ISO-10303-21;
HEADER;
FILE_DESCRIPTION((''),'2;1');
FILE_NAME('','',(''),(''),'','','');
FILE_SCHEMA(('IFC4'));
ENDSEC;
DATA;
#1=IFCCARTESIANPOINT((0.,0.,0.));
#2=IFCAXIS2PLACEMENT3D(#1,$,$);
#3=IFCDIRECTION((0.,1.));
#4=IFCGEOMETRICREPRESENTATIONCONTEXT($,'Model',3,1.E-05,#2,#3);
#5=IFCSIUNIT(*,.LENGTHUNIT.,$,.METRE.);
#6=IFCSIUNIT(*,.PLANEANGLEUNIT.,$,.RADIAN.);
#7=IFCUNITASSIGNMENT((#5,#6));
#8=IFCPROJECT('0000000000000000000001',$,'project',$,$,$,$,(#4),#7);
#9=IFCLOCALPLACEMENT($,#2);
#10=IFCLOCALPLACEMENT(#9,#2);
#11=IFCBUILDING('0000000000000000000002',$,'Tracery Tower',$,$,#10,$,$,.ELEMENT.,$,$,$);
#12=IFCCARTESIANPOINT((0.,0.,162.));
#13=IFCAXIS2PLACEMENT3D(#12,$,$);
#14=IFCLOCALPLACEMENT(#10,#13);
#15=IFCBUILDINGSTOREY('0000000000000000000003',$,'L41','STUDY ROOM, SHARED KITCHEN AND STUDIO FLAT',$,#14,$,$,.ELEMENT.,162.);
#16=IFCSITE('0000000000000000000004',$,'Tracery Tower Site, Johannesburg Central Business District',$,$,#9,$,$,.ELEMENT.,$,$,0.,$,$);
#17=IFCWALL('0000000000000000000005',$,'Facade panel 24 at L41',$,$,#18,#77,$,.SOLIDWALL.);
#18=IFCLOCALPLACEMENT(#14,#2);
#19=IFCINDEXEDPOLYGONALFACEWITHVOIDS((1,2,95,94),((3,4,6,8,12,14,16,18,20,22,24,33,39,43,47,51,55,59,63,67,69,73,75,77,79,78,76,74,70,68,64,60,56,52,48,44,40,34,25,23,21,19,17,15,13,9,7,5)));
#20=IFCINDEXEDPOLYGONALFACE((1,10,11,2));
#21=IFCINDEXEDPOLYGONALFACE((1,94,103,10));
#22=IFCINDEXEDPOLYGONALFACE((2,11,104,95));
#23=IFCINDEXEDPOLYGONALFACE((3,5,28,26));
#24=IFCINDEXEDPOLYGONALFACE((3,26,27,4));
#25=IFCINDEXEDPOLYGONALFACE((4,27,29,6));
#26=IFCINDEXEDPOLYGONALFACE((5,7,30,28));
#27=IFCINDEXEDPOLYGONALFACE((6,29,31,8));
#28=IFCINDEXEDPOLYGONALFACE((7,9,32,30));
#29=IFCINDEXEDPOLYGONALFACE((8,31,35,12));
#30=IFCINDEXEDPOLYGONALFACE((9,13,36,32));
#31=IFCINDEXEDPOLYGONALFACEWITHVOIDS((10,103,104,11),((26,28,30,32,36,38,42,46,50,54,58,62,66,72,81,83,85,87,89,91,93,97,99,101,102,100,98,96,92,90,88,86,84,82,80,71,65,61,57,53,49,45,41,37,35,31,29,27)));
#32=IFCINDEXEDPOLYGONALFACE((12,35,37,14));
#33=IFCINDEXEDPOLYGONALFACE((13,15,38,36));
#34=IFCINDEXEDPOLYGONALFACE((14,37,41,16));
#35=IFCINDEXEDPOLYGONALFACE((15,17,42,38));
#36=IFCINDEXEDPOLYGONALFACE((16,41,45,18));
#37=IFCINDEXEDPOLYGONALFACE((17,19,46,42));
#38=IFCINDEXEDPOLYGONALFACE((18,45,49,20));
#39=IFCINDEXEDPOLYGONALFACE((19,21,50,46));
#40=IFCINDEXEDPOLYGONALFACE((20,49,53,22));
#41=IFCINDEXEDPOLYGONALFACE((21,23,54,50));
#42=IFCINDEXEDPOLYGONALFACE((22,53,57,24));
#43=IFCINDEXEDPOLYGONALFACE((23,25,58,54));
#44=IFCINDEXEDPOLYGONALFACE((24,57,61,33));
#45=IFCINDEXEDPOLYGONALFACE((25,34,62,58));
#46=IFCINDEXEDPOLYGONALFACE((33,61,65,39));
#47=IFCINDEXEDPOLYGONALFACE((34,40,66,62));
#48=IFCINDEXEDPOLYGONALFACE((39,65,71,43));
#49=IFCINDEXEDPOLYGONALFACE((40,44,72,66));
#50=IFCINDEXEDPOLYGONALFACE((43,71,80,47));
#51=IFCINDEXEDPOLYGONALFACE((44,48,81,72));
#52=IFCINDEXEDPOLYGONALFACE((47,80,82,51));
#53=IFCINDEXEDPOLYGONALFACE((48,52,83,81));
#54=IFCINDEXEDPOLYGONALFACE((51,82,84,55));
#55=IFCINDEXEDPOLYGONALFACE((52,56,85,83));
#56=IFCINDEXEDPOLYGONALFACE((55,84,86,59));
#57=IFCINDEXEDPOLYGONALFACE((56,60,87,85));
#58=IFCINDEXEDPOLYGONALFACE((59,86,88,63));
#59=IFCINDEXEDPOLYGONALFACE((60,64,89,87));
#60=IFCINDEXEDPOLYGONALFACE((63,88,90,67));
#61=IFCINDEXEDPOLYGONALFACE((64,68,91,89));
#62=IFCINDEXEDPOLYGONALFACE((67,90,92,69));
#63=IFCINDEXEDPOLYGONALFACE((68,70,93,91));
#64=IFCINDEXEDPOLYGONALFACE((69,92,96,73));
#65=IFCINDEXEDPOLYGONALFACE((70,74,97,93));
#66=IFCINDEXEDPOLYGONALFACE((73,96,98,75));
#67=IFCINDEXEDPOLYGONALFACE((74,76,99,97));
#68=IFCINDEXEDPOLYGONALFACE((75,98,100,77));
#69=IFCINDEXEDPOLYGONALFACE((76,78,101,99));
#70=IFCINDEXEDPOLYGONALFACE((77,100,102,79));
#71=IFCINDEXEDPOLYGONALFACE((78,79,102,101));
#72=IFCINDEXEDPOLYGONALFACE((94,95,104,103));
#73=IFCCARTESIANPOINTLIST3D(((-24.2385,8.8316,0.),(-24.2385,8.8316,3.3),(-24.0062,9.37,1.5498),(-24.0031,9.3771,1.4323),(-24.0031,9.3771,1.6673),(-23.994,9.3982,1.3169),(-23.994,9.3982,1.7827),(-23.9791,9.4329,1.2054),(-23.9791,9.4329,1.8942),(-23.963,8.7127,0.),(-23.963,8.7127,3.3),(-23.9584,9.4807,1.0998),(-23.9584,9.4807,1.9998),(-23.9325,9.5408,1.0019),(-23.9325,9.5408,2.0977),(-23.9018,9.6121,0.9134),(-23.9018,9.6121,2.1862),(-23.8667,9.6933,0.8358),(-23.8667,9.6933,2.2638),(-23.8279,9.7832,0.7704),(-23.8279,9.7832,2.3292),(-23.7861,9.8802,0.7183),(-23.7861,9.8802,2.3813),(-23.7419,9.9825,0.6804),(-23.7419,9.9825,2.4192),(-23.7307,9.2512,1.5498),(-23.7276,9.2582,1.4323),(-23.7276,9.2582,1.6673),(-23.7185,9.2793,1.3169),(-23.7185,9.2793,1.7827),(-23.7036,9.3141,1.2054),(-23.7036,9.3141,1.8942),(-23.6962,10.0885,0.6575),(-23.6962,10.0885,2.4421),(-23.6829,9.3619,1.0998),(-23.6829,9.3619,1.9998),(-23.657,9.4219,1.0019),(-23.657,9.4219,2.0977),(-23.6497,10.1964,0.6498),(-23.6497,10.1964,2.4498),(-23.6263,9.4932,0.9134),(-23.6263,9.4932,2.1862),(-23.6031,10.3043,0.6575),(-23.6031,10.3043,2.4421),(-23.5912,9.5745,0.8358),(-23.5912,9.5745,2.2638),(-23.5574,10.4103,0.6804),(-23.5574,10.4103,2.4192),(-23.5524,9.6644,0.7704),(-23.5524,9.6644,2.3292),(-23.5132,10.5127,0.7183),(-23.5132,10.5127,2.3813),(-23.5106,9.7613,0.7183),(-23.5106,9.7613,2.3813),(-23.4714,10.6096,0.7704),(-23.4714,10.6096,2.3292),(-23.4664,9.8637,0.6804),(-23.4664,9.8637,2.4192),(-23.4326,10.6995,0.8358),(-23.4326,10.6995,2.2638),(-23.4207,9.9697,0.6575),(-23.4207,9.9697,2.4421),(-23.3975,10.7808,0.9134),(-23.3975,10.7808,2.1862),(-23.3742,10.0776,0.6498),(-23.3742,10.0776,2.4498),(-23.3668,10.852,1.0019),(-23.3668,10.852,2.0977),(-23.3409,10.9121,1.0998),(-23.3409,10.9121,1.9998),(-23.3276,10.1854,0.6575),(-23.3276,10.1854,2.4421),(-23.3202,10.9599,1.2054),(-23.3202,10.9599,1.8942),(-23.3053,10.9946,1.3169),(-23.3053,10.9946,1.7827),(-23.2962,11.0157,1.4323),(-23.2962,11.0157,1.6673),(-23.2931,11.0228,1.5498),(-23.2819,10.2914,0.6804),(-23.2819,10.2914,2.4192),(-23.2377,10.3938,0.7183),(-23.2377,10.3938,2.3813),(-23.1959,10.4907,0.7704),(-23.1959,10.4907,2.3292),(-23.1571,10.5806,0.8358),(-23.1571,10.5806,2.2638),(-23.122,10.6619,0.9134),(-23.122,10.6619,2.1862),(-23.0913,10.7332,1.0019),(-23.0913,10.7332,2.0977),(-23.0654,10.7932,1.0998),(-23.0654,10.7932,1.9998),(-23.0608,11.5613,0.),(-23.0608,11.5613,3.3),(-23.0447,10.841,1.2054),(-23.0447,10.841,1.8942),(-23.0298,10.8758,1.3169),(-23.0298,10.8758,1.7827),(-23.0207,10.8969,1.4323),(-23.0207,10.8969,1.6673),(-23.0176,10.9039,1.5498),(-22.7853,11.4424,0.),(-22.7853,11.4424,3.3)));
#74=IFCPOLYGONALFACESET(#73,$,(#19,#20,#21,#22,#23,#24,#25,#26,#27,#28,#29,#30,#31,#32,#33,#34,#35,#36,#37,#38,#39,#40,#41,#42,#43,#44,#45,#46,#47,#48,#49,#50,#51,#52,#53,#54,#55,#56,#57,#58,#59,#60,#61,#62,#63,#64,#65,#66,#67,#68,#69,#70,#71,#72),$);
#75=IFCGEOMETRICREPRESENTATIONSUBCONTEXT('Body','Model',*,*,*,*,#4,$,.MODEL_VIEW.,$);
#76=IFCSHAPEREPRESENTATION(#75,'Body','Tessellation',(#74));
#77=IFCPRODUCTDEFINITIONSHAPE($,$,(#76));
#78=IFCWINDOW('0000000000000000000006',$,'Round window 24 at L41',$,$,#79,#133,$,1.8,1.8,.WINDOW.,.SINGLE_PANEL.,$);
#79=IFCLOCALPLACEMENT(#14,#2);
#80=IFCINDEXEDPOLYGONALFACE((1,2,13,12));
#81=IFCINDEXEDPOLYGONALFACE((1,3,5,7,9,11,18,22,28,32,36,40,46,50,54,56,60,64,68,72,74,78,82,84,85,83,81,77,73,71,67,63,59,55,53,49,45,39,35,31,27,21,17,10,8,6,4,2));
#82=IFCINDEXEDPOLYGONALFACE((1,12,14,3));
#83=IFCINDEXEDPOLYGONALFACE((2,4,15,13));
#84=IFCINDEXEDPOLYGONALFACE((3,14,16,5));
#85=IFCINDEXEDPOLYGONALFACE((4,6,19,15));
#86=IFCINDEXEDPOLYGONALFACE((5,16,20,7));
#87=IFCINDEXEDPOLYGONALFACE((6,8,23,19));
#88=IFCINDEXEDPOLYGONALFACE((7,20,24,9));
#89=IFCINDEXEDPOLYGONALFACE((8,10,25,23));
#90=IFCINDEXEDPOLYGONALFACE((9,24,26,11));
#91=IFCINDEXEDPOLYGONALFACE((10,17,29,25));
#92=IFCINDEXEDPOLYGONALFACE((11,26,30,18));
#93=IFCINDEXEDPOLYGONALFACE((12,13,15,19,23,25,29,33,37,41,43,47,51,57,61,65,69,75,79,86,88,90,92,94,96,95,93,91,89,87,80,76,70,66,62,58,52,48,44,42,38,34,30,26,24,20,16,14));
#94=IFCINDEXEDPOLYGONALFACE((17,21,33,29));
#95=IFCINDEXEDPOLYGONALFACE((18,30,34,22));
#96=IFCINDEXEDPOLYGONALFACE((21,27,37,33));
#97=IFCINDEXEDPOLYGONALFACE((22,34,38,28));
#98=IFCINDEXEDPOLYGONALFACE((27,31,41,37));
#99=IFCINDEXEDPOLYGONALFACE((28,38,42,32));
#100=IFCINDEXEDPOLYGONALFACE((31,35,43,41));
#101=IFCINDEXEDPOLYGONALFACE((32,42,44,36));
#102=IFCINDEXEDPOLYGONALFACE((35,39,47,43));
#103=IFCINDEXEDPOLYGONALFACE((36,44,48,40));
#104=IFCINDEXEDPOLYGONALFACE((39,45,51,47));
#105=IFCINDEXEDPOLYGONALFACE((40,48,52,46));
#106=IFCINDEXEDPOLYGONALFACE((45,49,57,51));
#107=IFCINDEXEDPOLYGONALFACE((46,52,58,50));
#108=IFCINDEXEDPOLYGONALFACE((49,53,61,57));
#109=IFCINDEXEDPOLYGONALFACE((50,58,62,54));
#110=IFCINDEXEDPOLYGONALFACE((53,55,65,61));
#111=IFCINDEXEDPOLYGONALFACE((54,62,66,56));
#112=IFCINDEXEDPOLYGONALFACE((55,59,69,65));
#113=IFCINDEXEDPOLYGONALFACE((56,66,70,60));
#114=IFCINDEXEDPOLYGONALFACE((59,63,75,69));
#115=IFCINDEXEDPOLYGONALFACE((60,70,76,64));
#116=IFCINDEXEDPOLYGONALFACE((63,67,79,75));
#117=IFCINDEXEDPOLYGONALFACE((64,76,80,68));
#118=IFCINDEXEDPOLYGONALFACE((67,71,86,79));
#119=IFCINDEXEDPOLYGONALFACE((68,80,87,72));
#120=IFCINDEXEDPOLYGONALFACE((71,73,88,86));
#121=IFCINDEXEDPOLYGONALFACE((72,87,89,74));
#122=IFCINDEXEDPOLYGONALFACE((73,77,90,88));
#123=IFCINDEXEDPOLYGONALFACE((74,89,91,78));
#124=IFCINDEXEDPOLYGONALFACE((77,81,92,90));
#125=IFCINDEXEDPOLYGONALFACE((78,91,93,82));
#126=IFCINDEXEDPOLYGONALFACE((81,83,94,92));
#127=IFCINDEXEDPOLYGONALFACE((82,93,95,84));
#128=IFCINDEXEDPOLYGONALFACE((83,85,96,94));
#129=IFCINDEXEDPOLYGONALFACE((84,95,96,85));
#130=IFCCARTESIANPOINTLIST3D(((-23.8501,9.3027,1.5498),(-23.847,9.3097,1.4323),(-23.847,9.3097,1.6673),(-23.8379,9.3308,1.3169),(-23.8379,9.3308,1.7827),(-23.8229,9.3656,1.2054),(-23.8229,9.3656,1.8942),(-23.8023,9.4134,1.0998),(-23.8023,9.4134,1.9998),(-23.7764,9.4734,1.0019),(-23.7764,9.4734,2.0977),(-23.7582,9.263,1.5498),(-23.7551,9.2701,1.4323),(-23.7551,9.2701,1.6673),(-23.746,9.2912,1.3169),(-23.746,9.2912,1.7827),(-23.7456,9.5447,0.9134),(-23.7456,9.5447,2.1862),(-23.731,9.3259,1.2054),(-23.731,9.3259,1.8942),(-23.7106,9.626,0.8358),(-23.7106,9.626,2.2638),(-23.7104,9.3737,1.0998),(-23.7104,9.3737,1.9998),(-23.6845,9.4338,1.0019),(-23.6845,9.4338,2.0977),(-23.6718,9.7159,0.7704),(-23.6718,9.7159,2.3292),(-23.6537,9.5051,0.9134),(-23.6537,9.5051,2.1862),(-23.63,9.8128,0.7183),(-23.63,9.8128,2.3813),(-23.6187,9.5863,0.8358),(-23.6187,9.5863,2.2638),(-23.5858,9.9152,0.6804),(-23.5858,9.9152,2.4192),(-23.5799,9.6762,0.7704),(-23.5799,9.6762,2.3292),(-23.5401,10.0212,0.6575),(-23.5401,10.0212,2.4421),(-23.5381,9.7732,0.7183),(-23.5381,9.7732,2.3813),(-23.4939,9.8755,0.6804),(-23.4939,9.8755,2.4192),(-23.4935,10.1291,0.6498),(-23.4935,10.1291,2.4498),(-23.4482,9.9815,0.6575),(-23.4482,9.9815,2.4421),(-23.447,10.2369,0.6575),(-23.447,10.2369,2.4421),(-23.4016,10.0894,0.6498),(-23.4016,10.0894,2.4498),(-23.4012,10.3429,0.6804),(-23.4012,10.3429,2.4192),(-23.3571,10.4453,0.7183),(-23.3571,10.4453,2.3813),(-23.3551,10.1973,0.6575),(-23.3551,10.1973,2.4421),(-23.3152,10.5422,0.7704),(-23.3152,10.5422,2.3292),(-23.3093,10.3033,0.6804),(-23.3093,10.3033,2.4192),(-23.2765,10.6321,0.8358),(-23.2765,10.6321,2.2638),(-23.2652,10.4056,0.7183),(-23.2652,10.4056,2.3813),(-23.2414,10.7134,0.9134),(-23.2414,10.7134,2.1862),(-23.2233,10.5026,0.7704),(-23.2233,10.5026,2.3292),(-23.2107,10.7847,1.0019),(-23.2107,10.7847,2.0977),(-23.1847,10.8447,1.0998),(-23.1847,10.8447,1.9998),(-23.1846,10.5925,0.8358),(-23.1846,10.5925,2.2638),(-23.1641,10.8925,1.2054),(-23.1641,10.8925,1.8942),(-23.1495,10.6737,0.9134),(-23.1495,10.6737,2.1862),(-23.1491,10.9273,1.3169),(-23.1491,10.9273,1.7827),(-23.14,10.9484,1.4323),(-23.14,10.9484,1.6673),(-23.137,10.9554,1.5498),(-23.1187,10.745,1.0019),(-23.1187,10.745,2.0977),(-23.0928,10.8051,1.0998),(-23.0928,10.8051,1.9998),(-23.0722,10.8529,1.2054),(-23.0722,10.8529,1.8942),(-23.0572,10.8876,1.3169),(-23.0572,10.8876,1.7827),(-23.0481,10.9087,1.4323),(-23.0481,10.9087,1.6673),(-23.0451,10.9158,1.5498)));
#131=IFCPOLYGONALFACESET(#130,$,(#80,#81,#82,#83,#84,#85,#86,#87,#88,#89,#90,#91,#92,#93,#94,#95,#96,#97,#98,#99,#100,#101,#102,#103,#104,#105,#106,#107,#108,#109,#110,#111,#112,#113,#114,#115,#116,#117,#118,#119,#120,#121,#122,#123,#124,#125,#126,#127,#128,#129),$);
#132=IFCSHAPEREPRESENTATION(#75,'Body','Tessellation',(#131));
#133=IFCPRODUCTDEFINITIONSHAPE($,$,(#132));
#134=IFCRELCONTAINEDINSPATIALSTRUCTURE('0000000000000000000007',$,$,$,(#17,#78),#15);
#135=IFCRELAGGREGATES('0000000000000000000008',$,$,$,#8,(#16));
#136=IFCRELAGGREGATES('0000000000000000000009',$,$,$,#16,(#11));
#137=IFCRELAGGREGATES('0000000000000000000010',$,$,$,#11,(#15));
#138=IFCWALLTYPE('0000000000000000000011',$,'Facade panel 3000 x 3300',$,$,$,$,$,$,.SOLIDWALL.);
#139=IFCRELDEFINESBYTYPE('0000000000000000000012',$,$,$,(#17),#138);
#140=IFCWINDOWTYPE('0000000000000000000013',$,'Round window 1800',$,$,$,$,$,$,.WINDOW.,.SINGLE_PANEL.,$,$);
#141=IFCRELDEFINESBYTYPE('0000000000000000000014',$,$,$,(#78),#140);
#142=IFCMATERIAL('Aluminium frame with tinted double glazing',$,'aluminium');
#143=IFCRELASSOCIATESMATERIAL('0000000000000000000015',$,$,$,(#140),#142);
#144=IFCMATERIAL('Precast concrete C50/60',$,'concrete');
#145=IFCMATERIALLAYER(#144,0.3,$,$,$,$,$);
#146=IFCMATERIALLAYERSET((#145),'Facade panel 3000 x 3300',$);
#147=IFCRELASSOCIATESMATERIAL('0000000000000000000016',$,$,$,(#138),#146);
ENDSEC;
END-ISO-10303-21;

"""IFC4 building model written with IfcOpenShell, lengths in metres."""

from ifc_helpers import new_model, si_unit, direction, frame, frame_2d, origin, origin_2d, place, context, subcontext, project, spatial, rectangle, circle, extrude, material, layer, layer_set, type_object, element, fill, save


model = new_model("IFC4")

# Units and contexts
model_context = context("Model", 3, precision=1e-05, world=origin(), true_north=direction((0.0, 1.0)))
body_context = subcontext(model_context, "Body", "Model", "MODEL_VIEW")
ifc_project = project(units=[si_unit("LENGTHUNIT", "METRE"), si_unit("PLANEANGLEUNIT", "RADIAN")], contexts=[model_context])

# Site, building, storey
site_placement = place(None, origin())
site = spatial("IfcSite", under=ifc_project, at=site_placement, Name="Tracery Tower Site, Johannesburg Central Business District", CompositionType="ELEMENT", RefElevation=0.0)
building_placement = place(site_placement, origin())
building = spatial("IfcBuilding", under=site, at=building_placement, Name="Tracery Tower", CompositionType="ELEMENT")
storey_placement = place(building_placement, frame((0.0, 0.0, 162.0)))
storey = spatial("IfcBuildingStorey", under=building, at=storey_placement, Name="L41", Description="STUDY ROOM, SHARED KITCHEN AND STUDIO FLAT", CompositionType="ELEMENT", Elevation=162.0)

# Wall, opening, window
ifc_material_1 = material(Name="Aluminium frame with tinted double glazing", Category="aluminium")
window_type = type_object("IfcWindowType", Name="Round window 1800", PartitioningType="SINGLE_PANEL", PredefinedType="WINDOW", material=ifc_material_1)
ifc_material_2 = material(Name="Precast concrete C50/60", Category="concrete")
ifc_layer_1 = layer(ifc_material_2, 0.3)
ifc_layer_set_1 = layer_set([ifc_layer_1], Name="Facade panel 3000 x 3300")
wall_type_1 = type_object("IfcWallType", Name="Facade panel 3000 x 3300", PredefinedType="SOLIDWALL", material=ifc_layer_set_1)
wall_1_placement = place(storey_placement, frame((-22.9231, 11.5017, 0.0), z_axis=(0.0, 0.0, 1.0), x_axis=(-0.396148, -0.918187, 0.0)))
wall_1 = element("IfcWall", 1, at=wall_1_placement, inside=storey, type_object=wall_type_1, Name="Facade panel 24 at L41", PredefinedType="SOLIDWALL", context=body_context, shape_type="SweptSolid", body=[
    extrude(rectangle(XDim=2.9729, YDim=0.3, at=frame_2d((1.4863, 0.0))), origin(), (0.0, 0.0, 1.0), 3.3),
])
opening_1_placement = place(wall_1_placement, frame((1.4863, 0.0, 1.5498)))
opening_1 = element("IfcOpeningElement", 2, at=opening_1_placement, cuts=wall_1, PredefinedType="OPENING", context=body_context, shape_type="SweptSolid", body=[
    extrude(circle(Radius=0.9, at=origin_2d()), frame((0.0, 0.1599, 0.0), z_axis=(0.0, -1.0, 0.0), x_axis=(1.0, 0.0, 0.0)), (0.0, 0.0, 1.0), 0.3201),
])
window_1_placement = place(opening_1_placement, origin())
window_1 = element("IfcWindow", 3, at=window_1_placement, inside=storey, type_object=window_type, Name="Round window 24 at L41", OverallHeight=1.8, OverallWidth=1.8, PartitioningType="SINGLE_PANEL", PredefinedType="WINDOW", context=body_context, shape_type="SweptSolid", body=[
    extrude(circle(Radius=0.9, at=origin_2d()), frame((0.0, 0.1201, 0.0), z_axis=(0.0, -1.0, 0.0), x_axis=(1.0, 0.0, 0.0)), (0.0, 0.0, 1.0), 0.1001),
])
fill(opening_1, window_1)

save(model, "model.ifc")
